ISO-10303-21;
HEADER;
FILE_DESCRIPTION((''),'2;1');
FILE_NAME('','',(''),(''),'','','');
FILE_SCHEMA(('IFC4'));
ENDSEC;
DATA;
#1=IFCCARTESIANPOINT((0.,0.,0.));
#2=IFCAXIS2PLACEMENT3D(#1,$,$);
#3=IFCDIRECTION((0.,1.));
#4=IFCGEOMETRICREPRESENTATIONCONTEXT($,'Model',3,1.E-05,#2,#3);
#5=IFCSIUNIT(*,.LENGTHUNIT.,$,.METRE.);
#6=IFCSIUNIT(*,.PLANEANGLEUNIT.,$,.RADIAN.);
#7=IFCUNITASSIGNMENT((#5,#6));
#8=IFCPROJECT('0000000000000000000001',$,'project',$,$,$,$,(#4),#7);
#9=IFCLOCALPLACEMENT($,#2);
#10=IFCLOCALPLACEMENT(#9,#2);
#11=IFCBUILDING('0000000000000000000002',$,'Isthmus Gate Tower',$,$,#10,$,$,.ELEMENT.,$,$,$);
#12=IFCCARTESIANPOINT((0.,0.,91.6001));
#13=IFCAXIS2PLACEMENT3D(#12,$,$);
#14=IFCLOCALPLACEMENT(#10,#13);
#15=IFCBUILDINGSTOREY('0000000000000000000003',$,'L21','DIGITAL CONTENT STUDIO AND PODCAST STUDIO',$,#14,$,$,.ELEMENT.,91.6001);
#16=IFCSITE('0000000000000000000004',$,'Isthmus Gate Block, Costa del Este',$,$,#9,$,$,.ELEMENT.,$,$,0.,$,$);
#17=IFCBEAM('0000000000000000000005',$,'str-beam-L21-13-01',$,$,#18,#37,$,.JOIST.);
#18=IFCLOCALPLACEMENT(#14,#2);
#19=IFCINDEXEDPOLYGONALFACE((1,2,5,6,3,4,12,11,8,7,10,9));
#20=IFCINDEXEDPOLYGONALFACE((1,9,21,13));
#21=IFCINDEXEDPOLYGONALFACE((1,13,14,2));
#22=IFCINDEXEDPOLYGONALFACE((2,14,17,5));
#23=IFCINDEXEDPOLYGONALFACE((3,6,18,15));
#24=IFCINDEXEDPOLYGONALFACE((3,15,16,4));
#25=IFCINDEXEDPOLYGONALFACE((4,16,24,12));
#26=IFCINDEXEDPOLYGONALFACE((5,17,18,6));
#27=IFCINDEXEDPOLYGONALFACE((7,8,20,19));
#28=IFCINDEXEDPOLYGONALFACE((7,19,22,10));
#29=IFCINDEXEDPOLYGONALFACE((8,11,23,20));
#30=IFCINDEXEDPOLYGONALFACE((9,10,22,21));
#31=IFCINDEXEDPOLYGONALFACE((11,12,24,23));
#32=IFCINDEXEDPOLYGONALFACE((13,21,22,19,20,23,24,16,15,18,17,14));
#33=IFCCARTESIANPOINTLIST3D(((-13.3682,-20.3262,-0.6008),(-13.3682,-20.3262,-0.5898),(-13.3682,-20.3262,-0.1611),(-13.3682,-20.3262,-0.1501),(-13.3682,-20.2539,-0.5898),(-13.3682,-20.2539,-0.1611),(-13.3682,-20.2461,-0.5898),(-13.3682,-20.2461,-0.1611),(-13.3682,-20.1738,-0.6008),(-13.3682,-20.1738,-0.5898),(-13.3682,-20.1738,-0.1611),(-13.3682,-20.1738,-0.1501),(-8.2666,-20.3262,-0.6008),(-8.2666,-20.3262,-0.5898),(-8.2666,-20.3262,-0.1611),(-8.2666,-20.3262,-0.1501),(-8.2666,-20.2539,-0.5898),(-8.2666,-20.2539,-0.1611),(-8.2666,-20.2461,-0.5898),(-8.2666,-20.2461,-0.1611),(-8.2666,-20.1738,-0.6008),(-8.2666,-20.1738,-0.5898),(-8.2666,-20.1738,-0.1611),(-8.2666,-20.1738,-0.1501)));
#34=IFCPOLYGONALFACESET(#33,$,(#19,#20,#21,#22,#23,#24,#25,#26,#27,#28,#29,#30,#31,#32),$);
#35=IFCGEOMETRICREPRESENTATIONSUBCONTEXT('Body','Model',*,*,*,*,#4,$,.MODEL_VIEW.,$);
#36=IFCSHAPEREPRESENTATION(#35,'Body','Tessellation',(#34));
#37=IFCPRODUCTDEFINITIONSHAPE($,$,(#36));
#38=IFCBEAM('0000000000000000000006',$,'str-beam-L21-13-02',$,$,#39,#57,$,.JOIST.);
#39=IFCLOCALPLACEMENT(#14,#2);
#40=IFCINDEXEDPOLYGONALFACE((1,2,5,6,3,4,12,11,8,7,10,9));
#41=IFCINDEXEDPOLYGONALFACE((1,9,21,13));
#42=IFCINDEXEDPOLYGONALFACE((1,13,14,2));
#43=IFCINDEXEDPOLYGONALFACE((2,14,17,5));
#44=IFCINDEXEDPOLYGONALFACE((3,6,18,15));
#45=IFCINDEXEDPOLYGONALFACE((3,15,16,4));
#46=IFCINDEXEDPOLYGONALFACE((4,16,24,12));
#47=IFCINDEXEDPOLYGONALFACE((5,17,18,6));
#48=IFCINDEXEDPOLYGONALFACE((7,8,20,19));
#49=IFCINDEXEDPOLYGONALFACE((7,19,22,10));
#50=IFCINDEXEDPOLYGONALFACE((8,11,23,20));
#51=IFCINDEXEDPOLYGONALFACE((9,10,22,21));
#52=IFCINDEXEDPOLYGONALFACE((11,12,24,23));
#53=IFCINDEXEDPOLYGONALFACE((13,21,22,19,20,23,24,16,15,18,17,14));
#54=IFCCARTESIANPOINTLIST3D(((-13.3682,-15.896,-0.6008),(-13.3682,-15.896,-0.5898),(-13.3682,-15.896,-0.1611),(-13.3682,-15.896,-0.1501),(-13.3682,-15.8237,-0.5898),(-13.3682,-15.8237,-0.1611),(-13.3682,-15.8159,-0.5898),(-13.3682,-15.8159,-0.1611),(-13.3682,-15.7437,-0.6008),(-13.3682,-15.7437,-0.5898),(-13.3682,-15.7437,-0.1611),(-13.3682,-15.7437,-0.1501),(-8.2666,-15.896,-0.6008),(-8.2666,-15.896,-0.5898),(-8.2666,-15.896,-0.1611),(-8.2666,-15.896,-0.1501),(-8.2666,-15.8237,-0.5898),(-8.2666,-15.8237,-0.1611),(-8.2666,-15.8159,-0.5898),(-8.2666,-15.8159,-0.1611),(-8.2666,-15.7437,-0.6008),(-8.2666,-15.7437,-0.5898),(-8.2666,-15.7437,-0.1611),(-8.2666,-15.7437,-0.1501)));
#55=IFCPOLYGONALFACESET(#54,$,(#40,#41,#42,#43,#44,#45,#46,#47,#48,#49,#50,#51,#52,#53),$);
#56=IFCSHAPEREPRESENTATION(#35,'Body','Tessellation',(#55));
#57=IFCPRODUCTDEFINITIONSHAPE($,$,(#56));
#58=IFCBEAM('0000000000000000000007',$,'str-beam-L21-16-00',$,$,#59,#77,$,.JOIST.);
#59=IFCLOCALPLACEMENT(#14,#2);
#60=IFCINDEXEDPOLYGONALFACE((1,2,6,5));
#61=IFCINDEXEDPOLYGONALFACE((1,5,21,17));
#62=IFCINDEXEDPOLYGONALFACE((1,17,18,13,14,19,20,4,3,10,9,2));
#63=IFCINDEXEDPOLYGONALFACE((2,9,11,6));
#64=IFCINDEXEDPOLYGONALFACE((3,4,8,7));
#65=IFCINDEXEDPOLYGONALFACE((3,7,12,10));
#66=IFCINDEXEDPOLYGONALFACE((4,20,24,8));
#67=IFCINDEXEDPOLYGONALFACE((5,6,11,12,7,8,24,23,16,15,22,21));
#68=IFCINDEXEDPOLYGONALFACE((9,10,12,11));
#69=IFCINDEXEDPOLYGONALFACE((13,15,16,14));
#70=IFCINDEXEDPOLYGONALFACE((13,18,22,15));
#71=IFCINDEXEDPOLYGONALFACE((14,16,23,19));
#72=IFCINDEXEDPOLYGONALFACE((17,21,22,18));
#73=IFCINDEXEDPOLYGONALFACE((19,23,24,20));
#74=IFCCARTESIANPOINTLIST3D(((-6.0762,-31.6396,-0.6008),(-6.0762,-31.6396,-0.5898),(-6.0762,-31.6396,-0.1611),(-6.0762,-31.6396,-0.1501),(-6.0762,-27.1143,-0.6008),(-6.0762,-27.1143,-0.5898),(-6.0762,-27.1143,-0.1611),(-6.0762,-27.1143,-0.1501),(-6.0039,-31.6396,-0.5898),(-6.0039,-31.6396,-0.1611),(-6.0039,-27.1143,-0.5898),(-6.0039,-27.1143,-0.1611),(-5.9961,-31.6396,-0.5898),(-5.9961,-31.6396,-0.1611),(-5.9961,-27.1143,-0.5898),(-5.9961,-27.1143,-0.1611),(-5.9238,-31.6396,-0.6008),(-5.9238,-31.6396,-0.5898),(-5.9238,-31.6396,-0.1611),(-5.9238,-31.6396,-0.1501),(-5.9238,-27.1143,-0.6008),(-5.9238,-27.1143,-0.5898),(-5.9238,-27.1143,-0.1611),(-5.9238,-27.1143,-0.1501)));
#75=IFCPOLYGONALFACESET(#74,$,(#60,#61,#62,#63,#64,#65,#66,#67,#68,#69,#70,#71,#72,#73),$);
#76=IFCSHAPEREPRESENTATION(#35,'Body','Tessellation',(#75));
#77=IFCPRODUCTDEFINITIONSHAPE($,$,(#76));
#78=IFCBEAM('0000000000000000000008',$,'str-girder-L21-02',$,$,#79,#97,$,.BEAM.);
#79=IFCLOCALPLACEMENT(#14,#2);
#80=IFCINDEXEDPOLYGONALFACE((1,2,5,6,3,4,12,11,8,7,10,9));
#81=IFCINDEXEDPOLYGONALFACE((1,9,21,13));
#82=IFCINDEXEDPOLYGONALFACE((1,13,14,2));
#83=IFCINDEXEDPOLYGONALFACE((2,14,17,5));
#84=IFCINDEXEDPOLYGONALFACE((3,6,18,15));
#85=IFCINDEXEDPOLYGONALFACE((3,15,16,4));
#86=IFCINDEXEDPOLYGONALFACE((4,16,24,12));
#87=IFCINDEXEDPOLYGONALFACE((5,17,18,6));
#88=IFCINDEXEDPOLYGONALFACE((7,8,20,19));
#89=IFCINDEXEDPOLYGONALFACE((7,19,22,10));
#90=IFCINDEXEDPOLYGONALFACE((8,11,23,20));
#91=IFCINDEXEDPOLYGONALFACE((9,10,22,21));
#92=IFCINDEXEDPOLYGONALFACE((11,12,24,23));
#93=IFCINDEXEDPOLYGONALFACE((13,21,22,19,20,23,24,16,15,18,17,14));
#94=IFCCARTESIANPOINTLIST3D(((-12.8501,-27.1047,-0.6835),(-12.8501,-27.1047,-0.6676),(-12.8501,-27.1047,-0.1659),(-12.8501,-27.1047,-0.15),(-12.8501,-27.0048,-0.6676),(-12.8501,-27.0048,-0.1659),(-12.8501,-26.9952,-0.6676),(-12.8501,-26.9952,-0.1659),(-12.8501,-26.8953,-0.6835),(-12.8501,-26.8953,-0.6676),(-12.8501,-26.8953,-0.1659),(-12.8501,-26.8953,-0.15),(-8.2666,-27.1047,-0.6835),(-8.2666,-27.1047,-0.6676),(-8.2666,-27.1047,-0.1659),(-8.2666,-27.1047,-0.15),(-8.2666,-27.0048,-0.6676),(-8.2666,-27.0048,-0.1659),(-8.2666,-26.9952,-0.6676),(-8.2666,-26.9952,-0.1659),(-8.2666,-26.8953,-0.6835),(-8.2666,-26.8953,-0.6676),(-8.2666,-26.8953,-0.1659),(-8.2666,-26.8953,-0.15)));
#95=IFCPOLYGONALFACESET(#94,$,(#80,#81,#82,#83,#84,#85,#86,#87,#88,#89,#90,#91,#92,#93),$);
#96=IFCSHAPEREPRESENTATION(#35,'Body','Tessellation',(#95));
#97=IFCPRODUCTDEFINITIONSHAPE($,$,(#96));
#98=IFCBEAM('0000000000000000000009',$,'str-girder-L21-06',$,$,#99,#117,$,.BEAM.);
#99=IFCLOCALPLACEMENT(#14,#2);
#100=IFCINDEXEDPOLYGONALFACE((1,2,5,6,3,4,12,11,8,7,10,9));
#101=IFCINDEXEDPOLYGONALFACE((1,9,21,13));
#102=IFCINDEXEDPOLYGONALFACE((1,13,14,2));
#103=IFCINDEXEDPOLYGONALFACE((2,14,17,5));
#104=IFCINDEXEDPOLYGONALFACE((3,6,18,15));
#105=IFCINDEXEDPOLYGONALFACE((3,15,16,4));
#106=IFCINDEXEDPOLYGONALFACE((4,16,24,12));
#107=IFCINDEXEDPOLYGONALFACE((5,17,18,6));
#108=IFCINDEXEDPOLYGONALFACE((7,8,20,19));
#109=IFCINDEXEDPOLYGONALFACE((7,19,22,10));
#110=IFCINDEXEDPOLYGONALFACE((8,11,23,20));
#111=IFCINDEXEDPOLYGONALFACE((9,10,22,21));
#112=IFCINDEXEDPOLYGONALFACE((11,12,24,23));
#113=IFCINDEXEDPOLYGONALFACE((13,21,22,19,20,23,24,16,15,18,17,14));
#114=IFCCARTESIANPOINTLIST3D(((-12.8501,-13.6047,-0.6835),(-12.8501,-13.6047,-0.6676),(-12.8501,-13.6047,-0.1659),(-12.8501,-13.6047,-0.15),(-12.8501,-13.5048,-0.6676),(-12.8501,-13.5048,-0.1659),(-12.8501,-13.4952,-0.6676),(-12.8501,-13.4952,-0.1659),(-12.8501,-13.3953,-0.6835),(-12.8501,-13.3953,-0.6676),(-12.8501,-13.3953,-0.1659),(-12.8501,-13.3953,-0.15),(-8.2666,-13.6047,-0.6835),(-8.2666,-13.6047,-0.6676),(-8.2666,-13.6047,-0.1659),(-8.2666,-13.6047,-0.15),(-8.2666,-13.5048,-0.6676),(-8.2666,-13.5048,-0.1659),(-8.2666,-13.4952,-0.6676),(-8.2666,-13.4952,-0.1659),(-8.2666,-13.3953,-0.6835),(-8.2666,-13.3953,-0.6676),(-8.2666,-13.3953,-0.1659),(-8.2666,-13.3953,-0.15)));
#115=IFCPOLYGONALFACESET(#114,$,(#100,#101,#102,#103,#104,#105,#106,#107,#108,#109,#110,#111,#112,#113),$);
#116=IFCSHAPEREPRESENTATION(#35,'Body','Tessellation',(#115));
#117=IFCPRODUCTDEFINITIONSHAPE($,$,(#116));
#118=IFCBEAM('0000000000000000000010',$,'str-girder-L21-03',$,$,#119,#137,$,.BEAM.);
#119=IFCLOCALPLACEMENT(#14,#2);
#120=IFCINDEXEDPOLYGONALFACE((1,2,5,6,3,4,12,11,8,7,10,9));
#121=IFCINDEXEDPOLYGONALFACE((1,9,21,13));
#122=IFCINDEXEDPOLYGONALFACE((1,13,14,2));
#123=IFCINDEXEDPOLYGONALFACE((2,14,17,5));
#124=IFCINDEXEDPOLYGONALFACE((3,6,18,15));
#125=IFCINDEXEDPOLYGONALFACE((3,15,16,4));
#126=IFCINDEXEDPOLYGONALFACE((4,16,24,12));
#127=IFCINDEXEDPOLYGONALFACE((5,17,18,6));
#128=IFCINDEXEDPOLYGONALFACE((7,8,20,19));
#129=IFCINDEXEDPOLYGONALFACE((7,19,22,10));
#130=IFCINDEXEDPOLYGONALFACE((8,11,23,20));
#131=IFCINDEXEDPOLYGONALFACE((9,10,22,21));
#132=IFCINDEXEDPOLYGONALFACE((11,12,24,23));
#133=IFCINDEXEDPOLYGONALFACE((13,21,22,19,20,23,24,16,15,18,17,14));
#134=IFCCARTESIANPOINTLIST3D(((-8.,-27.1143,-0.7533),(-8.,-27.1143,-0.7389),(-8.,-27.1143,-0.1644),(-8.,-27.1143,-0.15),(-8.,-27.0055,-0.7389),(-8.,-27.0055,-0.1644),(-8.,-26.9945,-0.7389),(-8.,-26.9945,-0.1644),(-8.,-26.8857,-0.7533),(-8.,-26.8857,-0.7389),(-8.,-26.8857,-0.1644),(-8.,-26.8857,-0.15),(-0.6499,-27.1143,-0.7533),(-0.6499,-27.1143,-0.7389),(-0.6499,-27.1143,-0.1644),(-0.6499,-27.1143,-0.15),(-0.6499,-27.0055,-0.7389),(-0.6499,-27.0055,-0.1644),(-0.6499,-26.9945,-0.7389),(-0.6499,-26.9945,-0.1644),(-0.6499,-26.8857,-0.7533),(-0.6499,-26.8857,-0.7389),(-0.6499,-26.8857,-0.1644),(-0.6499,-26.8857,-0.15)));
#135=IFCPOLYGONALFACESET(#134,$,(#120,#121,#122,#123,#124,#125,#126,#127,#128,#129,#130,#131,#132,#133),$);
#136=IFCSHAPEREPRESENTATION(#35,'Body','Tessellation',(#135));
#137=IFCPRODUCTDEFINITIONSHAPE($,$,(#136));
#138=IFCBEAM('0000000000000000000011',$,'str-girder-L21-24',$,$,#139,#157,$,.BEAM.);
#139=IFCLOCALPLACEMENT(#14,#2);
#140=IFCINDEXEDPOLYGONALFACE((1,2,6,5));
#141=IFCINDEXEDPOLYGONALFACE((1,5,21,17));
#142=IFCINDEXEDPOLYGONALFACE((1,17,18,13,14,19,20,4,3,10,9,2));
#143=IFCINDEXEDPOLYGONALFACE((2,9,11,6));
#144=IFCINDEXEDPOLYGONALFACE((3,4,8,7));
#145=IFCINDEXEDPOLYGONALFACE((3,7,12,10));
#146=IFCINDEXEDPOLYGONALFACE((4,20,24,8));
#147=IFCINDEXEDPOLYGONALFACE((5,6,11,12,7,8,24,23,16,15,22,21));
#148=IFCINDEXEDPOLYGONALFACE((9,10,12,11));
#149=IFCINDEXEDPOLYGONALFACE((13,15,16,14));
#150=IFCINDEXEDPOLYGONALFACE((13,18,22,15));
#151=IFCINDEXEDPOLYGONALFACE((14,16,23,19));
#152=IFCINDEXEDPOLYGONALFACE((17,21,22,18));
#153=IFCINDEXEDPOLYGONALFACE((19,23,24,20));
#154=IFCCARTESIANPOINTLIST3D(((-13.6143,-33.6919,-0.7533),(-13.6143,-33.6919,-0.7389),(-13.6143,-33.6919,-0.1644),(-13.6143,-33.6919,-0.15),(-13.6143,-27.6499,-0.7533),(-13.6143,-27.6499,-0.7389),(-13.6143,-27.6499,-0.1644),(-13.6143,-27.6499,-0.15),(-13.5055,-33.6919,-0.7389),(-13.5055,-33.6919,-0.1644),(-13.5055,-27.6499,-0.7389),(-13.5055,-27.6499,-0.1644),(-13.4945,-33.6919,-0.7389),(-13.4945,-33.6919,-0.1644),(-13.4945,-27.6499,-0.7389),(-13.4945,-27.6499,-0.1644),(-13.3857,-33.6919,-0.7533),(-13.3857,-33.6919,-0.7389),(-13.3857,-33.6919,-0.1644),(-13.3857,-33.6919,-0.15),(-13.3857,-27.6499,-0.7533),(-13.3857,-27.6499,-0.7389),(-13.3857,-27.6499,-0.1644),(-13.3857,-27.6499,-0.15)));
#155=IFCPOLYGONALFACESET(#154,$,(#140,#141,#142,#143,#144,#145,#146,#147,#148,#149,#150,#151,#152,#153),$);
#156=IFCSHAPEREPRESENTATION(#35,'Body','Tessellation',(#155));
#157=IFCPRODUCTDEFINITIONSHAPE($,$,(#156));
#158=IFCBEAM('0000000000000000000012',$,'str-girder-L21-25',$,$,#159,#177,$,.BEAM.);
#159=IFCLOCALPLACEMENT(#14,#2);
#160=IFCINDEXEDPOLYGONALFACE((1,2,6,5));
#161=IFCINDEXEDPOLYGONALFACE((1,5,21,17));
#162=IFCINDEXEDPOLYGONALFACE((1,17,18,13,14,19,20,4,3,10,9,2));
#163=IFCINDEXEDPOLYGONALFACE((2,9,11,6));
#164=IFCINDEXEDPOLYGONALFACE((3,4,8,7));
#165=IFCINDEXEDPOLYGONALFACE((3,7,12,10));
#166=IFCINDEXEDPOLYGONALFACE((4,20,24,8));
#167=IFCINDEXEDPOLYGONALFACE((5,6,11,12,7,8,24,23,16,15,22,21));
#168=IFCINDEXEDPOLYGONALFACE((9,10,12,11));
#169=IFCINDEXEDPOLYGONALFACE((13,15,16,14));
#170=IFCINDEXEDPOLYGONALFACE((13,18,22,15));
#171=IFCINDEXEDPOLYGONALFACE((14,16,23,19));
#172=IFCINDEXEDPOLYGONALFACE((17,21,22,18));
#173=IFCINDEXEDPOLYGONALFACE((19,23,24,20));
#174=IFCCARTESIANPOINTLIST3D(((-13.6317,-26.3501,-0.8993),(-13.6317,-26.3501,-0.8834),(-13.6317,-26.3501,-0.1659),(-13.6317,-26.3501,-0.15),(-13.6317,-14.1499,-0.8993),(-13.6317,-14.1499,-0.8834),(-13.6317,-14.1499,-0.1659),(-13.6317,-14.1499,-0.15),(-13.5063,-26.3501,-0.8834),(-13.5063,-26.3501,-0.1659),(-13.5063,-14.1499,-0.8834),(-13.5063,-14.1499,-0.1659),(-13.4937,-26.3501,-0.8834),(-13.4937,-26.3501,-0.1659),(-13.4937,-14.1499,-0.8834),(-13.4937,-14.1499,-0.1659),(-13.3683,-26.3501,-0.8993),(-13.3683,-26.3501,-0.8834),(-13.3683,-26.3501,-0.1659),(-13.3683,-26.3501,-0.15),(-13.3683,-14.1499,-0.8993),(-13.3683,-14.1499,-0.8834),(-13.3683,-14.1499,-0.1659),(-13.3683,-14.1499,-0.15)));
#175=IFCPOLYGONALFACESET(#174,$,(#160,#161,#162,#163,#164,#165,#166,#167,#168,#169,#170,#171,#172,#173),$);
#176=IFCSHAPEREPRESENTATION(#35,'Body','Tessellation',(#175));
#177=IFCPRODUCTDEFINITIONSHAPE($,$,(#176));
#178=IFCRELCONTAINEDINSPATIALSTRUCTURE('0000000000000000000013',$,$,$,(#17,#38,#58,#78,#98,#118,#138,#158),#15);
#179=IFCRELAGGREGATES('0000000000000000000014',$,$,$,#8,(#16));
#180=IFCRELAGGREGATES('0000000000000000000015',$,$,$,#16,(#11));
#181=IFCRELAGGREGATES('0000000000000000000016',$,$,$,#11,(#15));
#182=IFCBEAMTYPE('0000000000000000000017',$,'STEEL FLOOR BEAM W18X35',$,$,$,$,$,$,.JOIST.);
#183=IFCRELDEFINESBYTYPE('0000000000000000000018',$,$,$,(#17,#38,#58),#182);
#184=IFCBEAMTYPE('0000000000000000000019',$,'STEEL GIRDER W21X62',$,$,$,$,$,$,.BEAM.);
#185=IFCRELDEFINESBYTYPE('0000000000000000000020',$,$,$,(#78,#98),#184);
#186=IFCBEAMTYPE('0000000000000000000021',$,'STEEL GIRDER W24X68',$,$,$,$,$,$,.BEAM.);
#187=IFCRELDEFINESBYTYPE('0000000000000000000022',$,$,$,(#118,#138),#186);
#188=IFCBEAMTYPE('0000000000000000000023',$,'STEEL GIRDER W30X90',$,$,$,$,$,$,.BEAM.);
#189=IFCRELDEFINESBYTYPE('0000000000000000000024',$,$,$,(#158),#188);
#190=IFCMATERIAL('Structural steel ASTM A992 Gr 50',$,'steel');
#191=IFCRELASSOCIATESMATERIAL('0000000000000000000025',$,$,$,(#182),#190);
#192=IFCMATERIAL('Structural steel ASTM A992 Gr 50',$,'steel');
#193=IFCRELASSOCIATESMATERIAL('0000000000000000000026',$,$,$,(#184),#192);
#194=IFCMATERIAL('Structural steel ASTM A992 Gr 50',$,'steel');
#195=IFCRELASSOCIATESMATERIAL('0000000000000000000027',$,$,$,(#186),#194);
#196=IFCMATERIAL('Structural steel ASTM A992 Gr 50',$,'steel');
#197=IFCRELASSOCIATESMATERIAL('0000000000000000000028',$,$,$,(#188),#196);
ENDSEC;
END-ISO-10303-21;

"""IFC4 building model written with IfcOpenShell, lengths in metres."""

from ifc_helpers import new_model, si_unit, direction, frame, origin, origin_2d, place, context, subcontext, project, spatial, i_section, extrude, material, material_profile, profile_set, type_object, element, save


model = new_model("IFC4")

# Units and contexts
model_context = context("Model", 3, precision=1e-05, world=origin(), true_north=direction((0.0, 1.0)))
body_context = subcontext(model_context, "Body", "Model", "MODEL_VIEW")
ifc_project = project(units=[si_unit("LENGTHUNIT", "METRE"), si_unit("PLANEANGLEUNIT", "RADIAN")], contexts=[model_context])

# Site, building, storey
site_placement = place(None, origin())
site = spatial("IfcSite", under=ifc_project, at=site_placement, Name="Isthmus Gate Block, Costa del Este", CompositionType="ELEMENT", RefElevation=0.0)
building_placement = place(site_placement, origin())
building = spatial("IfcBuilding", under=site, at=building_placement, Name="Isthmus Gate Tower", CompositionType="ELEMENT")
storey_placement = place(building_placement, frame((0.0, 0.0, 91.6001)))
storey = spatial("IfcBuildingStorey", under=building, at=storey_placement, Name="L21", Description="DIGITAL CONTENT STUDIO AND PODCAST STUDIO", CompositionType="ELEMENT", Elevation=91.6001)

# Beams
ifc_material_1 = material(Name="Structural steel ASTM A992 Gr 50", Category="steel")
ifc_material_profile_1 = material_profile(ifc_material_1, i_section(OverallWidth=0.1523, OverallDepth=0.4507, WebThickness=0.0078, FlangeThickness=0.011, at=origin_2d()), Name="W18X35")
ifc_profile_set_1 = profile_set([ifc_material_profile_1], Name="Structural steel ASTM A992 Gr 50")
beam_type_1 = type_object("IfcBeamType", Name="STEEL FLOOR BEAM W18X35", PredefinedType="JOIST", material=ifc_profile_set_1)
for number, where, z_axis, x_axis, name in (
    (1, (-13.3682, -20.25, -0.3755), (1.0, 0.0, 0.0), (0.0, 1.0, 0.0), "str-beam-L21-13-01"),
    (2, (-13.3682, -15.8198, -0.3755), (1.0, 0.0, 0.0), (0.0, 1.0, 0.0), "str-beam-L21-13-02"),
):
    element("IfcBeam", number, at=place(storey_placement, frame(where, z_axis=z_axis, x_axis=x_axis)), inside=storey, type_object=beam_type_1, Name=name, PredefinedType="JOIST", context=body_context, shape_type="SweptSolid", body=[
        extrude(i_section(OverallWidth=0.1523, OverallDepth=0.4507, WebThickness=0.0078, FlangeThickness=0.011, at=origin_2d()), origin(), (0.0, 0.0, 1.0), 5.1016),
    ])
beam_1_placement = place(storey_placement, frame((-6.0, -31.6396, -0.3755), z_axis=(0.0, 1.0, 0.0), x_axis=(-1.0, 0.0, 0.0)))
element("IfcBeam", 3, at=beam_1_placement, inside=storey, type_object=beam_type_1, Name="str-beam-L21-16-00", PredefinedType="JOIST", context=body_context, shape_type="SweptSolid", body=[
    extrude(i_section(OverallWidth=0.1523, OverallDepth=0.4507, WebThickness=0.0078, FlangeThickness=0.011, at=origin_2d()), origin(), (0.0, 0.0, 1.0), 4.5254),
])
ifc_material_2 = material(Name="Structural steel ASTM A992 Gr 50", Category="steel")
ifc_material_profile_2 = material_profile(ifc_material_2, i_section(OverallWidth=0.2095, OverallDepth=0.5334, WebThickness=0.0095, FlangeThickness=0.0159, at=origin_2d()), Name="W21X62")
ifc_profile_set_2 = profile_set([ifc_material_profile_2], Name="Structural steel ASTM A992 Gr 50")
beam_type_2 = type_object("IfcBeamType", Name="STEEL GIRDER W21X62", PredefinedType="BEAM", material=ifc_profile_set_2)
for number, where, z_axis, x_axis, name in (
    (4, (-12.8501, -27.0, -0.4167), (1.0, 0.0, 0.0), (0.0, 1.0, 0.0), "str-girder-L21-02"),
    (5, (-12.8501, -13.5, -0.4167), (1.0, 0.0, 0.0), (0.0, 1.0, 0.0), "str-girder-L21-06"),
):
    element("IfcBeam", number, at=place(storey_placement, frame(where, z_axis=z_axis, x_axis=x_axis)), inside=storey, type_object=beam_type_2, Name=name, PredefinedType="BEAM", context=body_context, shape_type="SweptSolid", body=[
        extrude(i_section(OverallWidth=0.2095, OverallDepth=0.5334, WebThickness=0.0095, FlangeThickness=0.0159, at=origin_2d()), origin(), (0.0, 0.0, 1.0), 4.5835),
    ])
ifc_material_3 = material(Name="Structural steel ASTM A992 Gr 50", Category="steel")
ifc_material_profile_3 = material_profile(ifc_material_3, i_section(OverallWidth=0.2285, OverallDepth=0.6033, WebThickness=0.011, FlangeThickness=0.0144, at=origin_2d()), Name="W24X68")
ifc_profile_set_3 = profile_set([ifc_material_profile_3], Name="Structural steel ASTM A992 Gr 50")
beam_type_3 = type_object("IfcBeamType", Name="STEEL GIRDER W24X68", PredefinedType="BEAM", material=ifc_profile_set_3)
beam_2_placement = place(storey_placement, frame((-8.0, -27.0, -0.4517), z_axis=(1.0, 0.0, 0.0), x_axis=(0.0, 1.0, 0.0)))
element("IfcBeam", 6, at=beam_2_placement, inside=storey, type_object=beam_type_3, Name="str-girder-L21-03", PredefinedType="BEAM", context=body_context, shape_type="SweptSolid", body=[
    extrude(i_section(OverallWidth=0.2285, OverallDepth=0.6033, WebThickness=0.011, FlangeThickness=0.0144, at=origin_2d()), origin(), (0.0, 0.0, 1.0), 7.3501),
])
beam_3_placement = place(storey_placement, frame((-13.5, -33.6919, -0.4517), z_axis=(0.0, 1.0, 0.0), x_axis=(-1.0, 0.0, 0.0)))
element("IfcBeam", 7, at=beam_3_placement, inside=storey, type_object=beam_type_3, Name="str-girder-L21-24", PredefinedType="BEAM", context=body_context, shape_type="SweptSolid", body=[
    extrude(i_section(OverallWidth=0.2285, OverallDepth=0.6033, WebThickness=0.011, FlangeThickness=0.0144, at=origin_2d()), origin(), (0.0, 0.0, 1.0), 6.042),
])
ifc_material_4 = material(Name="Structural steel ASTM A992 Gr 50", Category="steel")
ifc_material_profile_4 = material_profile(ifc_material_4, i_section(OverallWidth=0.2634, OverallDepth=0.7493, WebThickness=0.0127, FlangeThickness=0.0159, at=origin_2d()), Name="W30X90")
ifc_profile_set_4 = profile_set([ifc_material_profile_4], Name="Structural steel ASTM A992 Gr 50")
beam_type_4 = type_object("IfcBeamType", Name="STEEL GIRDER W30X90", PredefinedType="BEAM", material=ifc_profile_set_4)
beam_4_placement = place(storey_placement, frame((-13.5, -26.3501, -0.5247), z_axis=(0.0, 1.0, 0.0), x_axis=(-1.0, 0.0, 0.0)))
element("IfcBeam", 8, at=beam_4_placement, inside=storey, type_object=beam_type_4, Name="str-girder-L21-25", PredefinedType="BEAM", context=body_context, shape_type="SweptSolid", body=[
    extrude(i_section(OverallWidth=0.2634, OverallDepth=0.7493, WebThickness=0.0127, FlangeThickness=0.0159, at=origin_2d()), origin(), (0.0, 0.0, 1.0), 12.2002),
])

save(model, "model.ifc")
